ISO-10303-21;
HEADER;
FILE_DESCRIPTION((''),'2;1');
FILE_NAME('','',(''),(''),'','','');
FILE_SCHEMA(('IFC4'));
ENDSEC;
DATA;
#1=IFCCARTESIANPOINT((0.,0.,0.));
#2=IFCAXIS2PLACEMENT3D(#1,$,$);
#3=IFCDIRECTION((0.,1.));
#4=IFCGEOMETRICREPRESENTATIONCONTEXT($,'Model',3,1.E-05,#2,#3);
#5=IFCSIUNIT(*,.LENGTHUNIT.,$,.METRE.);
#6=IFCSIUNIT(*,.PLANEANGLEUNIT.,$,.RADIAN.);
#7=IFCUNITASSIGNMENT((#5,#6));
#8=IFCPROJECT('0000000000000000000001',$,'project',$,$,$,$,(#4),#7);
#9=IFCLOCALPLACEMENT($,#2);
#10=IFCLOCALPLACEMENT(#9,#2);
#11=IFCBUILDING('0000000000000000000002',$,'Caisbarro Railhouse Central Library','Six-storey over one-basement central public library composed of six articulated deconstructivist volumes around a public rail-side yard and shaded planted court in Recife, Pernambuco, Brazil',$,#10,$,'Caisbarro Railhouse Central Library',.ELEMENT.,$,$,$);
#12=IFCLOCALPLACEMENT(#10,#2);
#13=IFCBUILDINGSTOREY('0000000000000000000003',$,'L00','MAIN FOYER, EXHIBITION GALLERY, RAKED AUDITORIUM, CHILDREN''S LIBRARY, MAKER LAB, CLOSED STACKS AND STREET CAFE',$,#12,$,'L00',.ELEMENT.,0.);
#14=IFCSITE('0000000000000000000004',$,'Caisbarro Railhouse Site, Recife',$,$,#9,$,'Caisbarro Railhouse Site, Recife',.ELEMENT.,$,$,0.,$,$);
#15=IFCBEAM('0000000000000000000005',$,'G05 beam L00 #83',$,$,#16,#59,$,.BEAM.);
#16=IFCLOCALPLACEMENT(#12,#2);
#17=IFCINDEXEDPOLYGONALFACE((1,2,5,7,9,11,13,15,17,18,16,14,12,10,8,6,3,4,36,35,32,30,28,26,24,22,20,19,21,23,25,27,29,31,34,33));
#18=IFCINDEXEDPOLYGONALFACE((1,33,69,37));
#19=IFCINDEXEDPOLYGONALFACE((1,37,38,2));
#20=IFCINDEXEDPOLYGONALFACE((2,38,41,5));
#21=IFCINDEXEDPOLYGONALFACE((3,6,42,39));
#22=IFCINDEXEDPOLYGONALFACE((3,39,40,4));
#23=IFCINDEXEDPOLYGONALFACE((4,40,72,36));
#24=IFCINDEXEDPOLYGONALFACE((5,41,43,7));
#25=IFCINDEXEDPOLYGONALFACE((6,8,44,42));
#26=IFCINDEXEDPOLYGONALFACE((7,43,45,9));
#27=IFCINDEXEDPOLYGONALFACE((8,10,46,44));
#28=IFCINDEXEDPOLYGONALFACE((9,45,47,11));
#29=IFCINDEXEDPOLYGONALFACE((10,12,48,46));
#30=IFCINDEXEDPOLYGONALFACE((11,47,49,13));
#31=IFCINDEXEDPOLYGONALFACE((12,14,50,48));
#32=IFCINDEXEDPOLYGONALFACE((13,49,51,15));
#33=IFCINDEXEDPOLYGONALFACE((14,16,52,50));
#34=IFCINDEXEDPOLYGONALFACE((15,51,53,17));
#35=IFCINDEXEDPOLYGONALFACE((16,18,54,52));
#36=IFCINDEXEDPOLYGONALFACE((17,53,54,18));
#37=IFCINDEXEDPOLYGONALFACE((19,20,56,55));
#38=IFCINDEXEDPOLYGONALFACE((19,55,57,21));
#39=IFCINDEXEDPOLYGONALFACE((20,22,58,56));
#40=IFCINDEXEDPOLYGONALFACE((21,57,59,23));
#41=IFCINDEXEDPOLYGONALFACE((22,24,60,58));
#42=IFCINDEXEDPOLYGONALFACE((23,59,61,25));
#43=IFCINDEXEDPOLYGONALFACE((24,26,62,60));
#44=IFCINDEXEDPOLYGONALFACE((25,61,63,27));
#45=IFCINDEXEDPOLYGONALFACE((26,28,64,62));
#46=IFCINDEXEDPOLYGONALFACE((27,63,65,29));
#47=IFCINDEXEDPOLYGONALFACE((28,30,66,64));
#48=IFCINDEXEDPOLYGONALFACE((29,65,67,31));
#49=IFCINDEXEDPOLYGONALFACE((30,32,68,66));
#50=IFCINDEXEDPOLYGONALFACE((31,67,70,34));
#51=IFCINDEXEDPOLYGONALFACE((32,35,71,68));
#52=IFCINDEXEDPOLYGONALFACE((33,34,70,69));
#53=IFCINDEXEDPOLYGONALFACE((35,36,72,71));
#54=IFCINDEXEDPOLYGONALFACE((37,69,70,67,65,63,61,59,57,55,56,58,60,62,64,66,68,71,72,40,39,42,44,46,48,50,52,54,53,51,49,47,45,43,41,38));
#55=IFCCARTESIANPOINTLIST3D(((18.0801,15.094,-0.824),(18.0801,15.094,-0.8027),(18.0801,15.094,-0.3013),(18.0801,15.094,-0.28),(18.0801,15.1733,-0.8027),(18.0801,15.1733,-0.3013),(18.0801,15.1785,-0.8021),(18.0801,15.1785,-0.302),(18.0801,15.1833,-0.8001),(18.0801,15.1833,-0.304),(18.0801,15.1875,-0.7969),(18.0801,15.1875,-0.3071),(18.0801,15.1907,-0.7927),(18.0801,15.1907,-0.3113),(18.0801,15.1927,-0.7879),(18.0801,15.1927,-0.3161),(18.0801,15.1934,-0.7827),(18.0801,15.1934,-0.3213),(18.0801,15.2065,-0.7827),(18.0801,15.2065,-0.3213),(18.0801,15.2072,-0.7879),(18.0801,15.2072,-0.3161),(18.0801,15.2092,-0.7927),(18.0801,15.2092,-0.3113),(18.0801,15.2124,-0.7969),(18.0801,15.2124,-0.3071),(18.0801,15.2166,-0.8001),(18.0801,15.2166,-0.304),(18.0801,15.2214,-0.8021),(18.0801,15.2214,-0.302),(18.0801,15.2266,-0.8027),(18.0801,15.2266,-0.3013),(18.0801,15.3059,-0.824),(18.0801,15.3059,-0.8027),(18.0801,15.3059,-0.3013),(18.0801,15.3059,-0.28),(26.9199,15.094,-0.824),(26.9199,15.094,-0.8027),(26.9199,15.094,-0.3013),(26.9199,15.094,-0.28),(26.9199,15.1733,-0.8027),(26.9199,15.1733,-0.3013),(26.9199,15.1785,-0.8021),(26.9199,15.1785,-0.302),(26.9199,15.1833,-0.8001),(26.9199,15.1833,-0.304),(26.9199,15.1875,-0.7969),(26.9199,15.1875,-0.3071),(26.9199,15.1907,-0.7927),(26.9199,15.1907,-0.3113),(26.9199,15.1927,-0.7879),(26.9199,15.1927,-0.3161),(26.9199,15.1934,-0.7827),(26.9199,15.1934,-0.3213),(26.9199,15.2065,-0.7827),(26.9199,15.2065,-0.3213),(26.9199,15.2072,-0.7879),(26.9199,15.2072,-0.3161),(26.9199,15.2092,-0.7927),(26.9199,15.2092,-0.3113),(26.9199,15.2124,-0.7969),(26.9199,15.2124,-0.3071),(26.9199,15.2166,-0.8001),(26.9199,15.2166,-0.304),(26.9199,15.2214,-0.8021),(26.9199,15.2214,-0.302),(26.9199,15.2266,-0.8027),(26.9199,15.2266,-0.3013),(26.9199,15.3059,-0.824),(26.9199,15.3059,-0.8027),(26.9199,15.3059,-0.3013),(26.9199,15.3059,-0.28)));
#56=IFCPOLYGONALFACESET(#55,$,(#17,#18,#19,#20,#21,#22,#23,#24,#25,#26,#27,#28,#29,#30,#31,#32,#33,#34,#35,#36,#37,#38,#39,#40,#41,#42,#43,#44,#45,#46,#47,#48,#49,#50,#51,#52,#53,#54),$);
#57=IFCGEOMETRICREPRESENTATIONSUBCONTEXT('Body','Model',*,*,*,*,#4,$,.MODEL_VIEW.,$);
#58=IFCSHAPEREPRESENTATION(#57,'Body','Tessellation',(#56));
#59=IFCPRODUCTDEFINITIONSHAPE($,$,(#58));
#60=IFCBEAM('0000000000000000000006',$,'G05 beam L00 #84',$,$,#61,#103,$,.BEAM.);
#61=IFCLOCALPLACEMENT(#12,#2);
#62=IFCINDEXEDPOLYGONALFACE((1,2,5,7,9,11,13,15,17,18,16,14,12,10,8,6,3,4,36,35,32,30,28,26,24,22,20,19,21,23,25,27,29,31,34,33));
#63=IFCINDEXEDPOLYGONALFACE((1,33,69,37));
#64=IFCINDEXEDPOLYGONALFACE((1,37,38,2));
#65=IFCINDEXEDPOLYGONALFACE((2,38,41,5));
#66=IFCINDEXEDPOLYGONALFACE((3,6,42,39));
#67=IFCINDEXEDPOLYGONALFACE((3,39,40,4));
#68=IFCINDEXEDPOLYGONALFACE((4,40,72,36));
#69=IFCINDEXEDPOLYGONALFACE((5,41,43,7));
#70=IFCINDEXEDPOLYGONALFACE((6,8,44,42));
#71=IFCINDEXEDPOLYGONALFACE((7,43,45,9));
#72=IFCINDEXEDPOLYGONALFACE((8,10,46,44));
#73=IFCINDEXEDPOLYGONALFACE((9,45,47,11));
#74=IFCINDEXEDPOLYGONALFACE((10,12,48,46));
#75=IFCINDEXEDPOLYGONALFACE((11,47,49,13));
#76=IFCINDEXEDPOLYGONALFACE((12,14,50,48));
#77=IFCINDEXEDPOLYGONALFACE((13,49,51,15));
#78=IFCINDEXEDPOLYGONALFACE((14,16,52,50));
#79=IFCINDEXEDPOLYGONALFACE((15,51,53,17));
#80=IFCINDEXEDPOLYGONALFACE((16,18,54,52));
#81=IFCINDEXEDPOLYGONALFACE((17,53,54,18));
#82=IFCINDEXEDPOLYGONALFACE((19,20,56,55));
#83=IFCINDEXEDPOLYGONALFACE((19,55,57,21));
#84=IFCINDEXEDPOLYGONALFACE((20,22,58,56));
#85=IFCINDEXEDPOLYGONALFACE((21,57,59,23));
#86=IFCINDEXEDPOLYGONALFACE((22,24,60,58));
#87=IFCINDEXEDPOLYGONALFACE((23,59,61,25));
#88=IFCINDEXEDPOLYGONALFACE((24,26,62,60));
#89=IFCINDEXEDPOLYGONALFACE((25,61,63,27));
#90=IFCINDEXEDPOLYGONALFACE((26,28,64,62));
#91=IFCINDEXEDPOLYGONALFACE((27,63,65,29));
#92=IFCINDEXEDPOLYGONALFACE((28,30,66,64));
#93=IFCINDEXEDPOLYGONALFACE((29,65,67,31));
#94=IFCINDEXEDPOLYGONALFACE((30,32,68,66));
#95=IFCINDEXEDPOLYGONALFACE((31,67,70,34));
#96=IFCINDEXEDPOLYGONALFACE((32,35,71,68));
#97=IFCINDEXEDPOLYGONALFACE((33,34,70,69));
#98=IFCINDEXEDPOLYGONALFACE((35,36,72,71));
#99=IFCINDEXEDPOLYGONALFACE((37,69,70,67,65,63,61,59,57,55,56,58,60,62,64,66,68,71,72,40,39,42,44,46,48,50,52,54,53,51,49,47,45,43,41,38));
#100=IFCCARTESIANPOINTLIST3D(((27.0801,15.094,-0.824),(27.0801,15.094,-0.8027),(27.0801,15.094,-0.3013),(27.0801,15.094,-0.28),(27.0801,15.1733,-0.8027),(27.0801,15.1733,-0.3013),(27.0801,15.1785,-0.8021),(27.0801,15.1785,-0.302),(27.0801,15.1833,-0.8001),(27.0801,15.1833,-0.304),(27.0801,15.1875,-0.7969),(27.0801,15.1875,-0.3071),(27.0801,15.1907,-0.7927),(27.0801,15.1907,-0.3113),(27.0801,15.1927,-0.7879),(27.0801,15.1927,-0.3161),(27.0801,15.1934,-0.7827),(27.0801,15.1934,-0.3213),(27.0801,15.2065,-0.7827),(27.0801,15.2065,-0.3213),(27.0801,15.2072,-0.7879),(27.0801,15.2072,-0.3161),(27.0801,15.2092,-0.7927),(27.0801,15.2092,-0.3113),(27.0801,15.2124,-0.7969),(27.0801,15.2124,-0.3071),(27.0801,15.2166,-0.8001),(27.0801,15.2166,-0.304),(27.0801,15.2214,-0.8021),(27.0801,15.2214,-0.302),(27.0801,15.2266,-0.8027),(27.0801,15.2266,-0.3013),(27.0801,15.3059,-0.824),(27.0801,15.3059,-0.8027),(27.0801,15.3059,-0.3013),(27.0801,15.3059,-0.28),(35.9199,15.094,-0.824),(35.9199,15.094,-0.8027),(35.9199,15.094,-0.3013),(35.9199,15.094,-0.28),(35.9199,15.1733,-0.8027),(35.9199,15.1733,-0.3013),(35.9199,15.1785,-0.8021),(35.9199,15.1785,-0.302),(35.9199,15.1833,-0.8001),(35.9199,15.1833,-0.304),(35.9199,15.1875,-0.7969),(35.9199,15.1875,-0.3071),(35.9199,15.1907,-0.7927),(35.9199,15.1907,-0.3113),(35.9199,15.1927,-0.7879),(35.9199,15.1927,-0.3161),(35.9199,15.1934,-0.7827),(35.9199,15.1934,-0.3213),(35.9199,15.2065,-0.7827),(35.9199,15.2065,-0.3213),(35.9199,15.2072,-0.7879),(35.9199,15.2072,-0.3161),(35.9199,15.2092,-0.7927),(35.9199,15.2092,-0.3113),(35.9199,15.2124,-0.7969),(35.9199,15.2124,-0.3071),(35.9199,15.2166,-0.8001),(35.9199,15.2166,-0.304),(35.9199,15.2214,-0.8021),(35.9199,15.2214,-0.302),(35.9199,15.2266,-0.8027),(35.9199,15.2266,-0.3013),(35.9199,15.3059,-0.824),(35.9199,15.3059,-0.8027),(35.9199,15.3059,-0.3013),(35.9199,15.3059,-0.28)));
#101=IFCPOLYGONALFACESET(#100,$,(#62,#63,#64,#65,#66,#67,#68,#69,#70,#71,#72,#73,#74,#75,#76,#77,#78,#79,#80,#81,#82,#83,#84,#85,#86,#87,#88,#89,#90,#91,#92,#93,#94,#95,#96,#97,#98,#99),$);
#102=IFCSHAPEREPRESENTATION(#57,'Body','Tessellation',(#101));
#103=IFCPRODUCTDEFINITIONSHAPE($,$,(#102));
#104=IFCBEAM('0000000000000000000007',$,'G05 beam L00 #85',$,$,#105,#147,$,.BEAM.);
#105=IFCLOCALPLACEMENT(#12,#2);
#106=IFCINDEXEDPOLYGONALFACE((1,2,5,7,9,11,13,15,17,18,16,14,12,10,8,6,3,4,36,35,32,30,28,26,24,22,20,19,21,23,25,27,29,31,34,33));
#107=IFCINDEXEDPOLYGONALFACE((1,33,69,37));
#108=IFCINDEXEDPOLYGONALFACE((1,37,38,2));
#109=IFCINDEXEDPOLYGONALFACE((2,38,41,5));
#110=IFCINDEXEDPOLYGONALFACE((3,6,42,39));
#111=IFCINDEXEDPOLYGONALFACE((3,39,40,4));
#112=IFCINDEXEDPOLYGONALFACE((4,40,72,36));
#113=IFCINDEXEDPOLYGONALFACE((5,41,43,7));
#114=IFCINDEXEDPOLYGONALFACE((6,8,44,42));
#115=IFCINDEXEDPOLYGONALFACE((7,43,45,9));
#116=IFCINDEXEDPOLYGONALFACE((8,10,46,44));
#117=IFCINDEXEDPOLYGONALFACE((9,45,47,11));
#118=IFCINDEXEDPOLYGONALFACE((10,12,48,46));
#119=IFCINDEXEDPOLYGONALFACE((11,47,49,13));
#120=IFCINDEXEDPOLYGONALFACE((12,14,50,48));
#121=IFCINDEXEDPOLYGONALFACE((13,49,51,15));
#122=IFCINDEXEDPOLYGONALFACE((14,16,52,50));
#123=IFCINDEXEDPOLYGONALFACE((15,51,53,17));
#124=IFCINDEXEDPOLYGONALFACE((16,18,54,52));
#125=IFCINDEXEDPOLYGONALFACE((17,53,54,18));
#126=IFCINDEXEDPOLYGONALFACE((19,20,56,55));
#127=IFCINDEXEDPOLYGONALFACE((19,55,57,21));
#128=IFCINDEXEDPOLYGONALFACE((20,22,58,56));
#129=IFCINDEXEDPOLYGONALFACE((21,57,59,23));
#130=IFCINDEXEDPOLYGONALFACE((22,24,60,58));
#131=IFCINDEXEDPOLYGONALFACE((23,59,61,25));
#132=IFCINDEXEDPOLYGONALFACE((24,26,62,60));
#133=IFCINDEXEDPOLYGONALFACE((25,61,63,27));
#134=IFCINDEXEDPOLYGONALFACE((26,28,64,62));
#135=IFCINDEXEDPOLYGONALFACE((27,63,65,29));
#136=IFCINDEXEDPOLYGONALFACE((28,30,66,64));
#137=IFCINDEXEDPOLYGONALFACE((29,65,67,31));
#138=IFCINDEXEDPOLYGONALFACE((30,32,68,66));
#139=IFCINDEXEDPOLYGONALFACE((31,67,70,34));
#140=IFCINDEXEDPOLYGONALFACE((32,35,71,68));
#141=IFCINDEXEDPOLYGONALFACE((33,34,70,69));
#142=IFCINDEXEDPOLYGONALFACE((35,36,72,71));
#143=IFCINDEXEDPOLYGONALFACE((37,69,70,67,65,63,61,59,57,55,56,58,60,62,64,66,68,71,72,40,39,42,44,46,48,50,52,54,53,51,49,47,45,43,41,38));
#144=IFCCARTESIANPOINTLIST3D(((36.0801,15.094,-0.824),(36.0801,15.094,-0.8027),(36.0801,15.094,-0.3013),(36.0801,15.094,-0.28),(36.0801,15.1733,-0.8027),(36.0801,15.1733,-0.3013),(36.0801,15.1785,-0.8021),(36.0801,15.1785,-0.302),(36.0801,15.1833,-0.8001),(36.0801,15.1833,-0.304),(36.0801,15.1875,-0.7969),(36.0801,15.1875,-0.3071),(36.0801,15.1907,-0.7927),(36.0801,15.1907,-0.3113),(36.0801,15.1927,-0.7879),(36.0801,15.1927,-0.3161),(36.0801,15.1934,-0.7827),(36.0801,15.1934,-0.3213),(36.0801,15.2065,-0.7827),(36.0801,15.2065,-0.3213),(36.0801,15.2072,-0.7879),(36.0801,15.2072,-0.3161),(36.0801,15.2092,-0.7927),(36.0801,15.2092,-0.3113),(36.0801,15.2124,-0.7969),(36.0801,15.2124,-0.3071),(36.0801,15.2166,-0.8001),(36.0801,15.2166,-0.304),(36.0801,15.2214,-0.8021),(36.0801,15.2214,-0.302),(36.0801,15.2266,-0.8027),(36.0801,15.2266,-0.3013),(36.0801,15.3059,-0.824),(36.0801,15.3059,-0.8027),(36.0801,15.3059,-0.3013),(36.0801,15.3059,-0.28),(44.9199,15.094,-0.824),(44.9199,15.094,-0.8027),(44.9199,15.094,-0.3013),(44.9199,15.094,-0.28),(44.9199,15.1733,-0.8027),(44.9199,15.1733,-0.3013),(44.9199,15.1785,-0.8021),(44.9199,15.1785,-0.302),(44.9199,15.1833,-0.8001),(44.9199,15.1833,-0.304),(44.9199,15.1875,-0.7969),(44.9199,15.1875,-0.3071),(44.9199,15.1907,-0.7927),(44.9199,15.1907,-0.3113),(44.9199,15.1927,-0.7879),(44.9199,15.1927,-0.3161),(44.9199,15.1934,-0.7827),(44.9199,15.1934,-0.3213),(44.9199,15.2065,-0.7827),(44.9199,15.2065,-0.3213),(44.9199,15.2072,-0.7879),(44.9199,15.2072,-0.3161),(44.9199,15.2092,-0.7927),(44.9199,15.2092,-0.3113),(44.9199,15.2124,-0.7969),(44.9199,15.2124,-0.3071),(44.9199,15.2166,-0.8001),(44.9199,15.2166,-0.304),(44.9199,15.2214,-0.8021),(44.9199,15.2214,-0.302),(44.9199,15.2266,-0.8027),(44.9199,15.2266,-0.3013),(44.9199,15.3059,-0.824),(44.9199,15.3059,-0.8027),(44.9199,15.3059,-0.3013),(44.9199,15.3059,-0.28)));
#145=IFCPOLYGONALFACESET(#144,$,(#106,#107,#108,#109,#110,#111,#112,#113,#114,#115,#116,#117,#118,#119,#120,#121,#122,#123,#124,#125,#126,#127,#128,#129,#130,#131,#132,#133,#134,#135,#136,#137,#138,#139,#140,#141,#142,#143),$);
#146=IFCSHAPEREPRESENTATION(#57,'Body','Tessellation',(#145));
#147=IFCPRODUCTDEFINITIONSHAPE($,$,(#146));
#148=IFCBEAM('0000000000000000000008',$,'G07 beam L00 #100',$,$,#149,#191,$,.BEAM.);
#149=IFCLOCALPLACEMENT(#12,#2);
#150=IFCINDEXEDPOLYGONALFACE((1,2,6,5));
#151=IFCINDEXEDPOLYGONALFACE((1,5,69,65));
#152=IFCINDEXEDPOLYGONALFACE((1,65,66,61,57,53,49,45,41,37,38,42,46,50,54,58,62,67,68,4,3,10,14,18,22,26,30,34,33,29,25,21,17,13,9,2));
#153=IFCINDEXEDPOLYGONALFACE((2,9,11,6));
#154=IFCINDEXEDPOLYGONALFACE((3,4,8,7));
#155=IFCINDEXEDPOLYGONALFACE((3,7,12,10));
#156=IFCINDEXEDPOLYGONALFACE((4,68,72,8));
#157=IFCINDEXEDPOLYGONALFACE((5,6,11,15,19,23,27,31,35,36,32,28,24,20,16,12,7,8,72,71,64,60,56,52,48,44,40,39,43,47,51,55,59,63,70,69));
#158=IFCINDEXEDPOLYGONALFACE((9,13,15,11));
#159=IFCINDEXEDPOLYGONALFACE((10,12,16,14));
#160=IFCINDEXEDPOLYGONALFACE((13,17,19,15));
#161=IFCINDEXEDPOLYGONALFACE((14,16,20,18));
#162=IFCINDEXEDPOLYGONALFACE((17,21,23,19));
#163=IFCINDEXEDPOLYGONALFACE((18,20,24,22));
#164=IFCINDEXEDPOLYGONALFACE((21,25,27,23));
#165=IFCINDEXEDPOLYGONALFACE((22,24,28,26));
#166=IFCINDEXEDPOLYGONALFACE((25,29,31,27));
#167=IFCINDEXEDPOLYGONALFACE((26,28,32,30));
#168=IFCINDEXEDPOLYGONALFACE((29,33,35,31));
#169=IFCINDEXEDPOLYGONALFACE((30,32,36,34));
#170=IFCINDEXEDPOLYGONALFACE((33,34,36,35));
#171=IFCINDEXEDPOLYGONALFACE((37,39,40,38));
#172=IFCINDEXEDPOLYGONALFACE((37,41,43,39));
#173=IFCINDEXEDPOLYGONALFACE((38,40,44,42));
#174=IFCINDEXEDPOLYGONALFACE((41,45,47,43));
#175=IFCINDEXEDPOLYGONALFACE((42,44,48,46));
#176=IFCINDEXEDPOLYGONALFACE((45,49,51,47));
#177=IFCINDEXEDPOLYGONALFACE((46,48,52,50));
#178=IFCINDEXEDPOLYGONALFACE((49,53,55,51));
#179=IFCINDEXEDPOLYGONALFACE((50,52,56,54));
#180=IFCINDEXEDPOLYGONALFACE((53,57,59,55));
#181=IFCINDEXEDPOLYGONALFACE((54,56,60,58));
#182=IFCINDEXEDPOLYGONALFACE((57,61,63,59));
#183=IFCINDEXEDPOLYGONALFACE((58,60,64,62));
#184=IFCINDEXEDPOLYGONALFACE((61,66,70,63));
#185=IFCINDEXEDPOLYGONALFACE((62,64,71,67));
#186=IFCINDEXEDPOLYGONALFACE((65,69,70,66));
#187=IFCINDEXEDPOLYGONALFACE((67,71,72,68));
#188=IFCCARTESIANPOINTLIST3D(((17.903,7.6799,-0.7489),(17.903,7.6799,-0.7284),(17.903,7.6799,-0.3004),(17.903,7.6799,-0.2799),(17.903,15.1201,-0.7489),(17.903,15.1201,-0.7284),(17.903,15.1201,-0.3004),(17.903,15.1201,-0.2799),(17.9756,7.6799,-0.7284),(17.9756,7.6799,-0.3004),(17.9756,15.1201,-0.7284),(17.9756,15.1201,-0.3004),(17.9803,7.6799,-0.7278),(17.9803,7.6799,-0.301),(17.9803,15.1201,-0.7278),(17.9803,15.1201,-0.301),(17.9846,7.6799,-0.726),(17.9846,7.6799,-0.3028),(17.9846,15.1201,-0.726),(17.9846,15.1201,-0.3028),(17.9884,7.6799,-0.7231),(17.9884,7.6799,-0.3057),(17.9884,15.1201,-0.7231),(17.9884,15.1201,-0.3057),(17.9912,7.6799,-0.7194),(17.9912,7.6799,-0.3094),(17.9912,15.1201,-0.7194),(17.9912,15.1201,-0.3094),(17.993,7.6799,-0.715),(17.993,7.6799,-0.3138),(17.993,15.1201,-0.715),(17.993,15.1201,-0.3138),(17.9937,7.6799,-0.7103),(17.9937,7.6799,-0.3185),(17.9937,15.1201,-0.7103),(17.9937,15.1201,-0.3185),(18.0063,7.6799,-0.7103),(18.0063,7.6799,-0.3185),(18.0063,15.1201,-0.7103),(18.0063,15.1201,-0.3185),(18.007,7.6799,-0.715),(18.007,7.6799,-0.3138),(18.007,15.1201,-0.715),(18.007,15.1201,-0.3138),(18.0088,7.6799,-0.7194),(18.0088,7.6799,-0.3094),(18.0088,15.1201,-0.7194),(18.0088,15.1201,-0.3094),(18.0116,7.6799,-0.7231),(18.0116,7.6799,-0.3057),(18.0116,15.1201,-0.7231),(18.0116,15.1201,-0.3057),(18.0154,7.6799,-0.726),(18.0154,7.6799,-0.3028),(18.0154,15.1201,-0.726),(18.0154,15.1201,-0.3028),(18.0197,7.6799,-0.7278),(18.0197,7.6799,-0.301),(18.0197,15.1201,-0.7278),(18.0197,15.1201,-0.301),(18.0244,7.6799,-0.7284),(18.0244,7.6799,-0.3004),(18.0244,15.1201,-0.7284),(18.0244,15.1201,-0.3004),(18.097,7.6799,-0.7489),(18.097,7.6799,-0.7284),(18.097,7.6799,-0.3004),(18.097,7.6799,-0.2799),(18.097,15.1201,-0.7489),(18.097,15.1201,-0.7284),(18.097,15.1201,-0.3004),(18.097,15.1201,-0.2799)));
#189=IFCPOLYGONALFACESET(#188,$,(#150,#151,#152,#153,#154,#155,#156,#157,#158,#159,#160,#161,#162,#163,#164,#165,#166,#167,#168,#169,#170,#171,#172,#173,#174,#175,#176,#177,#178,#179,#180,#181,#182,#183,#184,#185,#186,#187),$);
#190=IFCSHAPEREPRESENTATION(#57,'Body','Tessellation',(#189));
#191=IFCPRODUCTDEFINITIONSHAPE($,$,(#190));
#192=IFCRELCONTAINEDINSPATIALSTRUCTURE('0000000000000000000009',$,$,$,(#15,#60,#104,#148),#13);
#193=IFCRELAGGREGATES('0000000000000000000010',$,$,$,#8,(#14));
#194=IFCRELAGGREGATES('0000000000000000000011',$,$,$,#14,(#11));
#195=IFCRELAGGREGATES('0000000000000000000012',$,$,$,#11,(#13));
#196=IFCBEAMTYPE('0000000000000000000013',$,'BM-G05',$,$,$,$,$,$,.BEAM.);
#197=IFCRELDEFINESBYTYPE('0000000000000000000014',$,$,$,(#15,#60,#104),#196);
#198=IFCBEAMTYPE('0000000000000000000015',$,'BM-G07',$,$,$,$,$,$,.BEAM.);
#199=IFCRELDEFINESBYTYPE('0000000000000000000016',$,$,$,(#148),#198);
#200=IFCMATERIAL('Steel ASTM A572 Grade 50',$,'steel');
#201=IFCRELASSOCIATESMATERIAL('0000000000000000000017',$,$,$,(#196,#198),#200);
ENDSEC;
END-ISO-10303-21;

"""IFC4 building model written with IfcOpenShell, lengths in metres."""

from ifc_helpers import new_model, si_unit, direction, frame, origin, origin_2d, place, context, subcontext, project, spatial, i_section, extrude, material, material_profile, profile_set, type_object, element, save


model = new_model("IFC4")

# Units and contexts
model_context = context("Model", 3, precision=1e-05, world=origin(), true_north=direction((0.0, 1.0)))
body_context = subcontext(model_context, "Body", "Model", "MODEL_VIEW")
ifc_project = project(units=[si_unit("LENGTHUNIT", "METRE"), si_unit("PLANEANGLEUNIT", "RADIAN")], contexts=[model_context])

# Site, building, storey
site_placement = place(None, origin())
site = spatial("IfcSite", under=ifc_project, at=site_placement, Name="Caisbarro Railhouse Site, Recife", LongName="Caisbarro Railhouse Site, Recife", CompositionType="ELEMENT", RefElevation=0.0)
building_placement = place(site_placement, origin())
building = spatial("IfcBuilding", under=site, at=building_placement, Name="Caisbarro Railhouse Central Library", Description="Six-storey over one-basement central public library composed of six articulated deconstructivist volumes around a public rail-side yard and shaded planted court in Recife, Pernambuco, Brazil", LongName="Caisbarro Railhouse Central Library", CompositionType="ELEMENT")
storey_placement = place(building_placement, origin())
storey = spatial("IfcBuildingStorey", under=building, at=storey_placement, Name="L00", Description="MAIN FOYER, EXHIBITION GALLERY, RAKED AUDITORIUM, CHILDREN'S LIBRARY, MAKER LAB, CLOSED STACKS AND STREET CAFE", LongName="L00", CompositionType="ELEMENT", Elevation=0.0)

# Shared definitions
ifc_material_1 = material(Name="Steel ASTM A572 Grade 50", Category="steel")

# Beams
ifc_material_profile_1 = material_profile(ifc_material_1, i_section(OverallWidth=0.2119, OverallDepth=0.5439, WebThickness=0.0132, FlangeThickness=0.0212, FilletRadius=0.02, at=origin_2d()), Name="W530X123.0")
ifc_profile_set_1 = profile_set([ifc_material_profile_1], Name="Steel ASTM A572 Grade 50")
beam_type_1 = type_object("IfcBeamType", Name="BM-G05", PredefinedType="BEAM", material=ifc_profile_set_1)
for number, where, z_axis, x_axis, name in (
    (1, (18.0801, 15.2, -0.552), (1.0, 0.0, 0.0), (0.0, 1.0, 0.0), "G05 beam L00 #83"),
    (2, (27.0801, 15.2, -0.552), (1.0, 0.0, 0.0), (0.0, 1.0, 0.0), "G05 beam L00 #84"),
    (3, (36.0801, 15.2, -0.552), (1.0, 0.0, 0.0), (0.0, 1.0, 0.0), "G05 beam L00 #85"),
):
    element("IfcBeam", number, at=place(storey_placement, frame(where, z_axis=z_axis, x_axis=x_axis)), inside=storey, type_object=beam_type_1, Name=name, PredefinedType="BEAM", context=body_context, shape_type="SweptSolid", body=[
        extrude(i_section(OverallWidth=0.2119, OverallDepth=0.5439, WebThickness=0.0132, FlangeThickness=0.0212, FilletRadius=0.02, at=origin_2d()), origin(), (0.0, 0.0, 1.0), 8.8398),
    ])
ifc_material_profile_2 = material_profile(ifc_material_1, i_section(OverallWidth=0.1941, OverallDepth=0.469, WebThickness=0.0127, FlangeThickness=0.0205, FilletRadius=0.0181, at=origin_2d()), Name="W460X106.0")
ifc_profile_set_2 = profile_set([ifc_material_profile_2], Name="Steel ASTM A572 Grade 50")
beam_type_2 = type_object("IfcBeamType", Name="BM-G07", PredefinedType="BEAM", material=ifc_profile_set_2)
beam_1_placement = place(storey_placement, frame((18.0, 7.6799, -0.5144), z_axis=(0.0, 1.0, 0.0), x_axis=(-1.0, 0.0, 0.0)))
element("IfcBeam", 4, at=beam_1_placement, inside=storey, type_object=beam_type_2, Name="G07 beam L00 #100", PredefinedType="BEAM", context=body_context, shape_type="SweptSolid", body=[
    extrude(i_section(OverallWidth=0.1941, OverallDepth=0.469, WebThickness=0.0127, FlangeThickness=0.0205, FilletRadius=0.0181, at=origin_2d()), origin(), (0.0, 0.0, 1.0), 7.4402),
])

save(model, "model.ifc")
